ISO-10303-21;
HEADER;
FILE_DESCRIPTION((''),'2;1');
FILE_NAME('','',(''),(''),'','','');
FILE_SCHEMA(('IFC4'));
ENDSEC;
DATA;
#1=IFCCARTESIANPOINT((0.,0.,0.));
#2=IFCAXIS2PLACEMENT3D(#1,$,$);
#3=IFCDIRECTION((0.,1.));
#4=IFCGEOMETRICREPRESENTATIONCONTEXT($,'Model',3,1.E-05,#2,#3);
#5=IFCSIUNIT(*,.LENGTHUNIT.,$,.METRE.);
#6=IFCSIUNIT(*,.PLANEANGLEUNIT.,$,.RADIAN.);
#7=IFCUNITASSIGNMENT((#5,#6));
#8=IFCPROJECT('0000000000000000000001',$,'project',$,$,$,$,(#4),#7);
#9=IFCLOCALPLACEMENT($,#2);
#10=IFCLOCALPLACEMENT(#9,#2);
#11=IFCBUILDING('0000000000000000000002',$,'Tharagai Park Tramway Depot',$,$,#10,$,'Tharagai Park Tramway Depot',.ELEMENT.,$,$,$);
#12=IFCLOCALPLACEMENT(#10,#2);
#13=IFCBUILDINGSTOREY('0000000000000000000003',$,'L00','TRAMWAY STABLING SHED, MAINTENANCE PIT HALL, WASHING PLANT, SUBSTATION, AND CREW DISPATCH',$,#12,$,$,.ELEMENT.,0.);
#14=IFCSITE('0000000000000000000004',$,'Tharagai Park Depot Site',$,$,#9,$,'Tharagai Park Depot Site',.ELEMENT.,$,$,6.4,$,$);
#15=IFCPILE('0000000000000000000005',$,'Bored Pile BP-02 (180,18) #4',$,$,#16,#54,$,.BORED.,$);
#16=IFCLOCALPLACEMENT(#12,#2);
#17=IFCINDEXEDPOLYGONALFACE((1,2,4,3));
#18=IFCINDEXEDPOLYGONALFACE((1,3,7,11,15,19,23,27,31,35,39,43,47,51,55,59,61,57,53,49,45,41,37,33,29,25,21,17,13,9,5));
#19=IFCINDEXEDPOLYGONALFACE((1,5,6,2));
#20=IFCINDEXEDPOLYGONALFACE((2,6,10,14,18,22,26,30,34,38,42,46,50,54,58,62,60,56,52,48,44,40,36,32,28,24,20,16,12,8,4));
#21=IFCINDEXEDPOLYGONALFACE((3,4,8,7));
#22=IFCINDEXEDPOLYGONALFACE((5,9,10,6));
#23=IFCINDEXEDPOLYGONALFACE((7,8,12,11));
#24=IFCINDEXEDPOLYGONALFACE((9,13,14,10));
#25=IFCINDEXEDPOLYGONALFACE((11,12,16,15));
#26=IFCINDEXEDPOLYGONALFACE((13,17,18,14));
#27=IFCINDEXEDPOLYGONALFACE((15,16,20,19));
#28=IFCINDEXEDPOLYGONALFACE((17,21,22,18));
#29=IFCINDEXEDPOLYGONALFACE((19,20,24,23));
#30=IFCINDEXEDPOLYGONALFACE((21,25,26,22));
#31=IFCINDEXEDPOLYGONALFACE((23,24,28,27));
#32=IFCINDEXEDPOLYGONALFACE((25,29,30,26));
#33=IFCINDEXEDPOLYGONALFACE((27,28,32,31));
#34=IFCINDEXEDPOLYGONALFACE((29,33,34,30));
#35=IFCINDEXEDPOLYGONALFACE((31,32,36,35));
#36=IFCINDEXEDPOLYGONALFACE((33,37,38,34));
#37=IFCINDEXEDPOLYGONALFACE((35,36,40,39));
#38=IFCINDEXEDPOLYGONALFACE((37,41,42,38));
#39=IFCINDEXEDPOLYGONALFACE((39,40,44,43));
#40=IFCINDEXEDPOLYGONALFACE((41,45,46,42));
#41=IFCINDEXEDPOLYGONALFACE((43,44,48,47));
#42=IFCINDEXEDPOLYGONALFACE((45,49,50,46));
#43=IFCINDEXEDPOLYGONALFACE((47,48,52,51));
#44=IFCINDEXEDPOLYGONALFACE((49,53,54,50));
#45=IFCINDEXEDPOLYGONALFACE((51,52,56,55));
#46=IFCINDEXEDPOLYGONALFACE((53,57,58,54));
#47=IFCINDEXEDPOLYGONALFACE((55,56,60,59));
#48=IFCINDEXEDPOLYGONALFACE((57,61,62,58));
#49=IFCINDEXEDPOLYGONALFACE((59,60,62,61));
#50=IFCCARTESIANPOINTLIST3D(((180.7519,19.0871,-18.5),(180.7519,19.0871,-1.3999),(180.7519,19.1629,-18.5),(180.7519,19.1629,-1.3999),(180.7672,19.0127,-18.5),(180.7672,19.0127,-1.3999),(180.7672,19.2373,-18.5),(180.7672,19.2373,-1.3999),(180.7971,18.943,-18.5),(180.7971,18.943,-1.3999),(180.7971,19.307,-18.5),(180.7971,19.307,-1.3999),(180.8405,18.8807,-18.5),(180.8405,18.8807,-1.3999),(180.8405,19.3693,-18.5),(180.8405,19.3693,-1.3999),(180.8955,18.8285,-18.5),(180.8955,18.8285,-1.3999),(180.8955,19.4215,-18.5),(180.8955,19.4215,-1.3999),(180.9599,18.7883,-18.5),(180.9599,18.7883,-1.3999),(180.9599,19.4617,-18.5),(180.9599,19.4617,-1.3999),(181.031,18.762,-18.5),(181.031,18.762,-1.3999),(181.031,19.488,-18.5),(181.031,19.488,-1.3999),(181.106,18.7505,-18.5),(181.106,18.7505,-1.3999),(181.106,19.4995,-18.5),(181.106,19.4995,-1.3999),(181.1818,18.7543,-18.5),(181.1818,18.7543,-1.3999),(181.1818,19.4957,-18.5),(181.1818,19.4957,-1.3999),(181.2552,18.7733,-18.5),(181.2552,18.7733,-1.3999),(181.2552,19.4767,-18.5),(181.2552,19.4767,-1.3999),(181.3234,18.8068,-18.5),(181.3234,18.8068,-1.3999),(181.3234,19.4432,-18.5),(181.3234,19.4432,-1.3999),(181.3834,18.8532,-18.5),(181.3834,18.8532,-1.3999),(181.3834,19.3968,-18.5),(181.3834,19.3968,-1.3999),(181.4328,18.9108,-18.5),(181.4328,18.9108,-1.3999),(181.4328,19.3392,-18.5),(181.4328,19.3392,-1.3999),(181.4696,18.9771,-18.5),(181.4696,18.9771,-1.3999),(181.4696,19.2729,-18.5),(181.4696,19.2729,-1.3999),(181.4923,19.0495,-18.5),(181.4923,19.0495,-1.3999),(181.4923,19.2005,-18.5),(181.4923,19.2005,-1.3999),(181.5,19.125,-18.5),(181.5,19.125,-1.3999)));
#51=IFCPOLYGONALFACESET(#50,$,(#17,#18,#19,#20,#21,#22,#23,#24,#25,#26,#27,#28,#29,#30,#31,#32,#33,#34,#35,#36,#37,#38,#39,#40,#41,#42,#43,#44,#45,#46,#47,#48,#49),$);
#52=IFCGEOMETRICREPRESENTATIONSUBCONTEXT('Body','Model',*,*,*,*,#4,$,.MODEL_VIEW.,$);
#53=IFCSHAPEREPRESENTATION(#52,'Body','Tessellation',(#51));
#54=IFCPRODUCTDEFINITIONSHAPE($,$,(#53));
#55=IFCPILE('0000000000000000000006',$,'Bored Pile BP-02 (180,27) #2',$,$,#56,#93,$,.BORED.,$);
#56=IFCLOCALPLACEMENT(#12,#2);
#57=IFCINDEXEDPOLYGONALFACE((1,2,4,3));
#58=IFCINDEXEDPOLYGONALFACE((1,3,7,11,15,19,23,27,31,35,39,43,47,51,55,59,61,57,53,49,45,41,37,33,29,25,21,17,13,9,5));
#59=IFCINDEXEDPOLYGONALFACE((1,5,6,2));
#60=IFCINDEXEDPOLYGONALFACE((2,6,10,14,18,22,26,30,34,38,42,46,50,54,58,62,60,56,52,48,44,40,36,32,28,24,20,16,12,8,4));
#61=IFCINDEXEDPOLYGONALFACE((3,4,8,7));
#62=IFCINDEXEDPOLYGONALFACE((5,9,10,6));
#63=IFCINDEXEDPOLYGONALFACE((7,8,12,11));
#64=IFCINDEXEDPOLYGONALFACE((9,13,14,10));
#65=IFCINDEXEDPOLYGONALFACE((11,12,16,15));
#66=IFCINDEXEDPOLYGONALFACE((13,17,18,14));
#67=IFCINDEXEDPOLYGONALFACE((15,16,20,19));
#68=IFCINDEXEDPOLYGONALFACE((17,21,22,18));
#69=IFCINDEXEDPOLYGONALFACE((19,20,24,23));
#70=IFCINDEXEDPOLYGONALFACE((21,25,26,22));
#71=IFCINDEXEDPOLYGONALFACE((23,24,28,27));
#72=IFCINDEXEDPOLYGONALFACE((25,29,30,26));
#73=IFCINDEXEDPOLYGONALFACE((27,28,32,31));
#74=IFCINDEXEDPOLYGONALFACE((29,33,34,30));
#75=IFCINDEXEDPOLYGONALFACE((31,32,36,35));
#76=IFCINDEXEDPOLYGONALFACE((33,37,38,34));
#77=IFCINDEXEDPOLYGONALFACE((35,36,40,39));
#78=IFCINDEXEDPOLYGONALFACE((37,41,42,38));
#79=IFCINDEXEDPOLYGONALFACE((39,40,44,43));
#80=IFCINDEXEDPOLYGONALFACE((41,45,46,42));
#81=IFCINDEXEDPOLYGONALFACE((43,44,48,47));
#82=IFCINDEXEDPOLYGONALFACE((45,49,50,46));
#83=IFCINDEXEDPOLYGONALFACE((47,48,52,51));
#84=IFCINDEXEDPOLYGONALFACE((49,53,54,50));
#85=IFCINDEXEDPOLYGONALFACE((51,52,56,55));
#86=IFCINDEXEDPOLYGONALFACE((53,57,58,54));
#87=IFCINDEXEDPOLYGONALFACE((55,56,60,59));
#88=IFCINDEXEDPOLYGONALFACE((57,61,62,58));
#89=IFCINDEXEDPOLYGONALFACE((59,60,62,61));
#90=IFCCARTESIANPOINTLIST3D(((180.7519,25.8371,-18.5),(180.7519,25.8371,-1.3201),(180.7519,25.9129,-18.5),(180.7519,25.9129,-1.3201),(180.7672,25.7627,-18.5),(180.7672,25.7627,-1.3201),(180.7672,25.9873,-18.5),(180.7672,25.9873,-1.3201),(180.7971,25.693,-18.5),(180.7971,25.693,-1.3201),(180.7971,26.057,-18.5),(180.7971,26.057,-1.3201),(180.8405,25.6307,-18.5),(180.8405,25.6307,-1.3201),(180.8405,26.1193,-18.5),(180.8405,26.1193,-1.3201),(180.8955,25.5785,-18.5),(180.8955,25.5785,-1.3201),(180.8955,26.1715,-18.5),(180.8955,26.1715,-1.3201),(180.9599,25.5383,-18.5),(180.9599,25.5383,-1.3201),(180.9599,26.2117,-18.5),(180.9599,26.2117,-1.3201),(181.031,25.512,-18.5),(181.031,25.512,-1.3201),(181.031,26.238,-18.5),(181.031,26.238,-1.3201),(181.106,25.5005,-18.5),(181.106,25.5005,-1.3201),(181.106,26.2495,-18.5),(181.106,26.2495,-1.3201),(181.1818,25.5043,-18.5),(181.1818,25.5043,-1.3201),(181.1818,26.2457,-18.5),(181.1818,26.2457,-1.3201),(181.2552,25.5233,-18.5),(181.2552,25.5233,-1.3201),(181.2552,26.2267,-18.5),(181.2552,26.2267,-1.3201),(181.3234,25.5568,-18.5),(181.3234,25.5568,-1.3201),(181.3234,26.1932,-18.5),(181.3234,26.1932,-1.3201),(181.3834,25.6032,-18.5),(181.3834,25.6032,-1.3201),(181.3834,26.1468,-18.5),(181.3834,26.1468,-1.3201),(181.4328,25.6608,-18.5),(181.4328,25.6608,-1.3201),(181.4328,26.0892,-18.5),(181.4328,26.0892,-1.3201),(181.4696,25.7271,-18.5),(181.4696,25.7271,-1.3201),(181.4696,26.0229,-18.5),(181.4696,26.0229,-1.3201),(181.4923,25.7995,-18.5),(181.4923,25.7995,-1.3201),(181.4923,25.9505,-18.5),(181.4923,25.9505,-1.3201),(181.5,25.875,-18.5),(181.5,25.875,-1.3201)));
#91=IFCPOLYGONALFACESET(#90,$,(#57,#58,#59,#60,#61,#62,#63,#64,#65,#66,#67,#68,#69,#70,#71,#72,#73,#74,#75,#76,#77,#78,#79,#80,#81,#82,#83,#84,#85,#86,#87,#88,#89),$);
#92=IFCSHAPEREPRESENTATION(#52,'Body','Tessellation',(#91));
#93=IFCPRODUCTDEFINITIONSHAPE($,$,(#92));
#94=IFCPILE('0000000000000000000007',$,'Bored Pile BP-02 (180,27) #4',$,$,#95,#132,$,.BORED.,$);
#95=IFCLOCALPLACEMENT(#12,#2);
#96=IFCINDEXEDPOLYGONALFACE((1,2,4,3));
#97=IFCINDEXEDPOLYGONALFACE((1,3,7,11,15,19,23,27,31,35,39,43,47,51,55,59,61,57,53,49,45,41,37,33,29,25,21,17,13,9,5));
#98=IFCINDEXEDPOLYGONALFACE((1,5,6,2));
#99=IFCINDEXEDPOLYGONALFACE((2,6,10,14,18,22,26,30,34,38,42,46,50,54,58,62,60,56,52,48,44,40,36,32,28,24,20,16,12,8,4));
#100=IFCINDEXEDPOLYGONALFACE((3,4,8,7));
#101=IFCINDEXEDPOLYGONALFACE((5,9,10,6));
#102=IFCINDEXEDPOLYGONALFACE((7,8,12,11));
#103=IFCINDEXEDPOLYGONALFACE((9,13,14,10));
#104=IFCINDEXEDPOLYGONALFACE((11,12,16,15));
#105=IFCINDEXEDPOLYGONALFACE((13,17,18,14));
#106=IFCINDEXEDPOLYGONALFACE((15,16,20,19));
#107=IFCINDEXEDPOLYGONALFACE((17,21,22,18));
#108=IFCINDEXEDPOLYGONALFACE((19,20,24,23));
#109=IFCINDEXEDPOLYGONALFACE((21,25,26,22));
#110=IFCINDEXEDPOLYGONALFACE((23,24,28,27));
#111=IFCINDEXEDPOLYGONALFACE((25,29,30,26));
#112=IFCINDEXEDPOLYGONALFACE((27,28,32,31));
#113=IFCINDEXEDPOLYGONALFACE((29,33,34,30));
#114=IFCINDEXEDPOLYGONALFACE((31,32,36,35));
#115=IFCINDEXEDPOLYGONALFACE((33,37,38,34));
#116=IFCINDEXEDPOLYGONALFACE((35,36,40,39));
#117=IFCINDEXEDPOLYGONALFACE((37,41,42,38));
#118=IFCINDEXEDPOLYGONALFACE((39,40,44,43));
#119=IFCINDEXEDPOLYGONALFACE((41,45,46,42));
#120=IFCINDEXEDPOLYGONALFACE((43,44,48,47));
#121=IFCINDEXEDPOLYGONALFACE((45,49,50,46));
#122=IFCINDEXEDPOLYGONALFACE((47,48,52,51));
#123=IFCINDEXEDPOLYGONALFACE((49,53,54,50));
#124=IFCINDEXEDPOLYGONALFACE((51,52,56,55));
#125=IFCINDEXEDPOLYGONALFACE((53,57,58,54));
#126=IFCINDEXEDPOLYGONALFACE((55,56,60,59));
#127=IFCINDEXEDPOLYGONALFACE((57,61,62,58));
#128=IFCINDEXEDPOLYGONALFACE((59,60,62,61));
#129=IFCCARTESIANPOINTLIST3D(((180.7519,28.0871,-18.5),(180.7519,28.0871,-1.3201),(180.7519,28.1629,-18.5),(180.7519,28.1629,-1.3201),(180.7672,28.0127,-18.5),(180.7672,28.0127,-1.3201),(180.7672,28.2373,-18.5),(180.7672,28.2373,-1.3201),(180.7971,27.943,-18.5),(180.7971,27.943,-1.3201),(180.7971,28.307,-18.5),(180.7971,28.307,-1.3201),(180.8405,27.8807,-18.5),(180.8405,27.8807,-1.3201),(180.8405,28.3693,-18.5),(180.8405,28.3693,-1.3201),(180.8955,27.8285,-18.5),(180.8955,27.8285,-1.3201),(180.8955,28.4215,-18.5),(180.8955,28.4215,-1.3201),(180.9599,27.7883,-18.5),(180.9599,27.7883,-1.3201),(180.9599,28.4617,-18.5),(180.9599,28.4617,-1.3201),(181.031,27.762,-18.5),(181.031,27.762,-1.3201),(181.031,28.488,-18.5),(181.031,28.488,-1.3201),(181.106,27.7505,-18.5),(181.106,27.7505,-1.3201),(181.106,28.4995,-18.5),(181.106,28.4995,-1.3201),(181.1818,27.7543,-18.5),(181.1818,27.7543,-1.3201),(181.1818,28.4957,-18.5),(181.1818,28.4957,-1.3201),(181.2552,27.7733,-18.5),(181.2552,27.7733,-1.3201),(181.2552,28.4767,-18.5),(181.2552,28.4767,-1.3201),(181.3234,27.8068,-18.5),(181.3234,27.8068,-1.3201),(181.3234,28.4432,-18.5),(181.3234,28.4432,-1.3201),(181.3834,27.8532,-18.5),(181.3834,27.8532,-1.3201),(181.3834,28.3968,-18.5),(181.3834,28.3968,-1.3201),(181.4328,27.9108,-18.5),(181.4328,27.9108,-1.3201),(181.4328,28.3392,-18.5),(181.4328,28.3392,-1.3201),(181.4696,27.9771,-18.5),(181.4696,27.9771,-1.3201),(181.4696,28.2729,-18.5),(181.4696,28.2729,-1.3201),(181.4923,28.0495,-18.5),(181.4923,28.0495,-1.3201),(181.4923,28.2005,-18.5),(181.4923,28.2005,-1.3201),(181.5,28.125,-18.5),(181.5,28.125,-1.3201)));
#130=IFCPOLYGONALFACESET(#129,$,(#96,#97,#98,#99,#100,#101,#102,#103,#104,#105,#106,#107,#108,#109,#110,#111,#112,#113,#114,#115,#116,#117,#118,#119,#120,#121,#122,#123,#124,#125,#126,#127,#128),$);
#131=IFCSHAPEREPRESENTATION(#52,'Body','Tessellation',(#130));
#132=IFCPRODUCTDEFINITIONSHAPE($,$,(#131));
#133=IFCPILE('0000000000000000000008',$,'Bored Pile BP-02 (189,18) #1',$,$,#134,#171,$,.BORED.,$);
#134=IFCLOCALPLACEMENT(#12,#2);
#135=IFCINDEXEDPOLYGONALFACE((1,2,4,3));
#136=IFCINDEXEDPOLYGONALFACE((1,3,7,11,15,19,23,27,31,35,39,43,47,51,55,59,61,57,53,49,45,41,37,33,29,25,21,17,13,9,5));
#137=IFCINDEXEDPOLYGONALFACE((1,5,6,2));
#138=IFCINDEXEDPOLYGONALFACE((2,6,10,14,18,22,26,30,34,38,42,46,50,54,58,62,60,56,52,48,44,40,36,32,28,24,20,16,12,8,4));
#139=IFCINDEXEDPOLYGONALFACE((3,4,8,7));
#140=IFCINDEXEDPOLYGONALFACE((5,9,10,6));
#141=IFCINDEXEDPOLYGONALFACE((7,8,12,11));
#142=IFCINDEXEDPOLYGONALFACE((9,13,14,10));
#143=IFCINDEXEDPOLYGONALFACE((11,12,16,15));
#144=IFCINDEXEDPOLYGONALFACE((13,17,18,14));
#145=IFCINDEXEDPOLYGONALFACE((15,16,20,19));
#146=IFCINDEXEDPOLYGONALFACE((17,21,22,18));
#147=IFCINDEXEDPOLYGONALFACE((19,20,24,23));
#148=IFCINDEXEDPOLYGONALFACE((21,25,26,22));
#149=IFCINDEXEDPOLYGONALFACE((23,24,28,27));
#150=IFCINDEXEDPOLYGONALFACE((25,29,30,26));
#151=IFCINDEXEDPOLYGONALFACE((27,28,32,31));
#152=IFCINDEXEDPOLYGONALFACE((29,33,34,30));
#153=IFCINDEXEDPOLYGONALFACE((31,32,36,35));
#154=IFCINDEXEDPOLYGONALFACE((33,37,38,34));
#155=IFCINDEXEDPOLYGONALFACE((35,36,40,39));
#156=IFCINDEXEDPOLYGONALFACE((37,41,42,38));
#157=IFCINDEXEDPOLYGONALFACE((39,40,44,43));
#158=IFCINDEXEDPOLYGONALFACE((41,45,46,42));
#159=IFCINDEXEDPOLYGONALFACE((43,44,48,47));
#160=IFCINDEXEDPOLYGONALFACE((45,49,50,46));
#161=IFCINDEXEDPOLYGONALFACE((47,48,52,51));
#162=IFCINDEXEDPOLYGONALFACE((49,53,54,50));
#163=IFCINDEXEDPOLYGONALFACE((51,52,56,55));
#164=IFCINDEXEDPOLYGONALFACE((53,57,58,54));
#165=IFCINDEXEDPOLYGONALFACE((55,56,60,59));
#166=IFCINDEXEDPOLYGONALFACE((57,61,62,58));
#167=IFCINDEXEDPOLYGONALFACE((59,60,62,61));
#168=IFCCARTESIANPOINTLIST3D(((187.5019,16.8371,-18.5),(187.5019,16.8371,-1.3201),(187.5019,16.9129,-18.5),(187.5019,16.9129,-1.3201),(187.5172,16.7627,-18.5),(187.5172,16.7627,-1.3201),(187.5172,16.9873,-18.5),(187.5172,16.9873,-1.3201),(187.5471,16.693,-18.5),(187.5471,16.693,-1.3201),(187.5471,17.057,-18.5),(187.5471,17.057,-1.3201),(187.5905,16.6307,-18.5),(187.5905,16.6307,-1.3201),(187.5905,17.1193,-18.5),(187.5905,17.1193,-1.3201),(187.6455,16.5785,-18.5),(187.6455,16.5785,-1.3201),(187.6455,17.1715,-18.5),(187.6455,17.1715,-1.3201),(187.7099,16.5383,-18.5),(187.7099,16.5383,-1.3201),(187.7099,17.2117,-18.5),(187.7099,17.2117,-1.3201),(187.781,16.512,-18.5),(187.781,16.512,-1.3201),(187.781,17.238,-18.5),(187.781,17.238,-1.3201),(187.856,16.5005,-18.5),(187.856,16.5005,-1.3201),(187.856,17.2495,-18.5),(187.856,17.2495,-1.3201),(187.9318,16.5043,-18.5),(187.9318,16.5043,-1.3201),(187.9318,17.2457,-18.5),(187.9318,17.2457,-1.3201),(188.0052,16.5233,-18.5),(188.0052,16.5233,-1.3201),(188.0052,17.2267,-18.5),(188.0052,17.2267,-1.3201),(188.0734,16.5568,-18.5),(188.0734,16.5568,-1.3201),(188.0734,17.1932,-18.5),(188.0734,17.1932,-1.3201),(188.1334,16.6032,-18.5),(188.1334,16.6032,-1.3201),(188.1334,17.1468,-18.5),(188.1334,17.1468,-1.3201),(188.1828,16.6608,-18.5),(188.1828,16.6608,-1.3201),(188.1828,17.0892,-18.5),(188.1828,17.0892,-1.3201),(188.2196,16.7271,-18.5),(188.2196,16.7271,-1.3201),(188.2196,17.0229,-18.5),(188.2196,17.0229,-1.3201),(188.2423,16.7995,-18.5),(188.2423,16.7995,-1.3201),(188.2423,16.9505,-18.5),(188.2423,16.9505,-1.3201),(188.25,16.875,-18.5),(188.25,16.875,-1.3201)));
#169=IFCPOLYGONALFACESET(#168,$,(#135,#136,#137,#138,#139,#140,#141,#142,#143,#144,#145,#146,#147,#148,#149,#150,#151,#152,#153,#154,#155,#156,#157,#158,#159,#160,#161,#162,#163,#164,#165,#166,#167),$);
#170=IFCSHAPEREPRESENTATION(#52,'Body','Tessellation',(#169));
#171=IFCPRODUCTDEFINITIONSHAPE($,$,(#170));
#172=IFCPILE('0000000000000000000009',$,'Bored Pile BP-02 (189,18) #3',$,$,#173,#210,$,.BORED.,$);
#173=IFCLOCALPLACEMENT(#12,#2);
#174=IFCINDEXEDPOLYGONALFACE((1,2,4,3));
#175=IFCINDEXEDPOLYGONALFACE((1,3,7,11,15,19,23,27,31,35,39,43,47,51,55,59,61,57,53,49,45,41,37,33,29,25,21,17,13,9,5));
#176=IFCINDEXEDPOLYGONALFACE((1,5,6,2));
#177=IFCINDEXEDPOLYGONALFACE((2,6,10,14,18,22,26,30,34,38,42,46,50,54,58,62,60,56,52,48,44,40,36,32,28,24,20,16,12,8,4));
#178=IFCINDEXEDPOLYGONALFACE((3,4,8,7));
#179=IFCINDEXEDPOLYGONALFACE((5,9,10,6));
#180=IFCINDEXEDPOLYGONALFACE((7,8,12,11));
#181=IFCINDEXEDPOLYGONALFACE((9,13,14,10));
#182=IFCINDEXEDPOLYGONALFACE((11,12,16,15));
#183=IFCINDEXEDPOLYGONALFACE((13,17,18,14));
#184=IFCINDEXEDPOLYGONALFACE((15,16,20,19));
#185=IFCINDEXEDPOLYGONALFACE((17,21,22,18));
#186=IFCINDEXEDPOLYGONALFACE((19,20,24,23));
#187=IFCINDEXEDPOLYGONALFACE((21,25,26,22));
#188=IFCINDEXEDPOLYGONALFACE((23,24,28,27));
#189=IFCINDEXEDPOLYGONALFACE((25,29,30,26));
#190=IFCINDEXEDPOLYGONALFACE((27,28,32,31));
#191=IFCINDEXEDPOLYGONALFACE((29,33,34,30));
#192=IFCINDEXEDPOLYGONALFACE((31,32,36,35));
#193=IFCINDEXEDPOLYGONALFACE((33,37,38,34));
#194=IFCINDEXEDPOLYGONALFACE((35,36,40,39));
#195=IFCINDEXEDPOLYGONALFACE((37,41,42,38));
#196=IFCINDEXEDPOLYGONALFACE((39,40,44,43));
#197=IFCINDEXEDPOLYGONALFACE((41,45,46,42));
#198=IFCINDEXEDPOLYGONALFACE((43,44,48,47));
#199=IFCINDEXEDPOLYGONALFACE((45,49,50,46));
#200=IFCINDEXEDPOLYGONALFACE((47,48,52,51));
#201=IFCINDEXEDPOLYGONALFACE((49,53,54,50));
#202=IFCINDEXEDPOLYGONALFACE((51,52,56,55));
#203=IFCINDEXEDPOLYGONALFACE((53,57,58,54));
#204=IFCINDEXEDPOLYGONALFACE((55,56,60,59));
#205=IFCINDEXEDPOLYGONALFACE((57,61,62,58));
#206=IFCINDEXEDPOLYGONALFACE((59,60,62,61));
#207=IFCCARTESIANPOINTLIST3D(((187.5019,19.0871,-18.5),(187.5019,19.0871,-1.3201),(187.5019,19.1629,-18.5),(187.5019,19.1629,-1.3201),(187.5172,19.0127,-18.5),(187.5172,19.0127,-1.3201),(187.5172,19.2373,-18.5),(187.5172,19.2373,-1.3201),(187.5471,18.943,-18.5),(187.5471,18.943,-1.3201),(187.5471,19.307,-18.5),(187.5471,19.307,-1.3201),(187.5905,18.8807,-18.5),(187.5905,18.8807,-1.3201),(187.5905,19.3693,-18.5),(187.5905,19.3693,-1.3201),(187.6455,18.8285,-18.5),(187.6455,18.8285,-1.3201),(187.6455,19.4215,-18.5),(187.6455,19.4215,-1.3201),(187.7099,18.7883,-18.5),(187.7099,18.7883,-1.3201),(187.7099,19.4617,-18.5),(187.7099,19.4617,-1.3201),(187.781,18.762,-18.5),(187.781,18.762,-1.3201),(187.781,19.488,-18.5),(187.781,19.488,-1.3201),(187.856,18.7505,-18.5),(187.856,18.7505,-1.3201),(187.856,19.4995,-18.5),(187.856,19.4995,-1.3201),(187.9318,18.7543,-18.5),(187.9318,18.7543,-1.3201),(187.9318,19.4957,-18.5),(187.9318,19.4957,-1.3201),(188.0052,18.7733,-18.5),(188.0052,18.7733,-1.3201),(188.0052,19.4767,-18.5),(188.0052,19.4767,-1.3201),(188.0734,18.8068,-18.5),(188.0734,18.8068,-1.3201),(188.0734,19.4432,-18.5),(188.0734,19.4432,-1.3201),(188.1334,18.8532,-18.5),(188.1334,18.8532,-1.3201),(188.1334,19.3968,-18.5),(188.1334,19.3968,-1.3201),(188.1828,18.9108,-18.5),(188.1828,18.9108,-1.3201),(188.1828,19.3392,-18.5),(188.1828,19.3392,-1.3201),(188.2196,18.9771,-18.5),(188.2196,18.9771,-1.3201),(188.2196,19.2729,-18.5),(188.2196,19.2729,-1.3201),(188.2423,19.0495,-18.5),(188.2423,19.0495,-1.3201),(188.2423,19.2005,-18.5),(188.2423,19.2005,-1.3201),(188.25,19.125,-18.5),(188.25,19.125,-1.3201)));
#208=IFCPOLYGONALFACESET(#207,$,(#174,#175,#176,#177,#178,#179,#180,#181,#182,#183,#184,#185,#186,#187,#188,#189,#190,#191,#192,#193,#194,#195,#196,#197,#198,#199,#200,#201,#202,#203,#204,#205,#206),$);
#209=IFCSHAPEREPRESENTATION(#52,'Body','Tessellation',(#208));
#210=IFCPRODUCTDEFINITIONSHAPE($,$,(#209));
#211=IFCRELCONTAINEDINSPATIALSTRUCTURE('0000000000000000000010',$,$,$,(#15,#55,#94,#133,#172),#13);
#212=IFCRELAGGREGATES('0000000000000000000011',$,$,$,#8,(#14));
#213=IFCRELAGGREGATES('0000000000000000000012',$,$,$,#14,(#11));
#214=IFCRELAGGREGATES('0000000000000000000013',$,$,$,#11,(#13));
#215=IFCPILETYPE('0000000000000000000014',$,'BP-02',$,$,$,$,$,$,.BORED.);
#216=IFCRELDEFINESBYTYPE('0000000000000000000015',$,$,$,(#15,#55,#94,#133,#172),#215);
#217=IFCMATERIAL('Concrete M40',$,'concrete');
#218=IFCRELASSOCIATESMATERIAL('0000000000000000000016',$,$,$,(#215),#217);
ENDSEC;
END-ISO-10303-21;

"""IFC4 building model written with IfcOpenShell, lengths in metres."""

from ifc_helpers import new_model, si_unit, direction, frame, origin, origin_2d, place, context, subcontext, project, spatial, circle, extrude, material, material_profile, profile_set, type_object, element, save


model = new_model("IFC4")

# Units and contexts
model_context = context("Model", 3, precision=1e-05, world=origin(), true_north=direction((0.0, 1.0)))
body_context = subcontext(model_context, "Body", "Model", "MODEL_VIEW")
ifc_project = project(units=[si_unit("LENGTHUNIT", "METRE"), si_unit("PLANEANGLEUNIT", "RADIAN")], contexts=[model_context])

# Site, building, storey
site_placement = place(None, origin())
site = spatial("IfcSite", under=ifc_project, at=site_placement, Name="Tharagai Park Depot Site", LongName="Tharagai Park Depot Site", CompositionType="ELEMENT", RefElevation=6.4)
building_placement = place(site_placement, origin())
building = spatial("IfcBuilding", under=site, at=building_placement, Name="Tharagai Park Tramway Depot", LongName="Tharagai Park Tramway Depot", CompositionType="ELEMENT")
storey_placement = place(building_placement, origin())
storey = spatial("IfcBuildingStorey", under=building, at=storey_placement, Name="L00", Description="TRAMWAY STABLING SHED, MAINTENANCE PIT HALL, WASHING PLANT, SUBSTATION, AND CREW DISPATCH", CompositionType="ELEMENT", Elevation=0.0)

# Piles
ifc_material_1 = material(Name="Concrete M40", Category="concrete")
ifc_material_profile_1 = material_profile(ifc_material_1, circle(Radius=0.375, at=origin_2d()), Name="PILE D750")
ifc_profile_set_1 = profile_set([ifc_material_profile_1], Name="Concrete M40")
pile_type = type_object("IfcPileType", Name="BP-02", PredefinedType="BORED", material=ifc_profile_set_1)
pile_placement = place(storey_placement, frame((181.125, 19.125, -1.3999), z_axis=(0.0, 0.0, -1.0), x_axis=(1.0, 0.0, 0.0)))
element("IfcPile", 1, at=pile_placement, inside=storey, type_object=pile_type, Name="Bored Pile BP-02 (180,18) #4", PredefinedType="BORED", context=body_context, shape_type="SweptSolid", body=[
    extrude(circle(Radius=0.375, at=origin_2d()), origin(), (0.0, 0.0, 1.0), 17.1001),
])
for number, where, z_axis, x_axis, name in (
    (2, (181.125, 25.875, -1.3201), (0.0, 0.0, -1.0), (1.0, 0.0, 0.0), "Bored Pile BP-02 (180,27) #2"),
    (3, (181.125, 28.125, -1.3201), (0.0, 0.0, -1.0), (1.0, 0.0, 0.0), "Bored Pile BP-02 (180,27) #4"),
    (4, (187.875, 16.875, -1.3201), (0.0, 0.0, -1.0), (1.0, 0.0, 0.0), "Bored Pile BP-02 (189,18) #1"),
    (5, (187.875, 19.125, -1.3201), (0.0, 0.0, -1.0), (1.0, 0.0, 0.0), "Bored Pile BP-02 (189,18) #3"),
):
    element("IfcPile", number, at=place(storey_placement, frame(where, z_axis=z_axis, x_axis=x_axis)), inside=storey, type_object=pile_type, Name=name, PredefinedType="BORED", context=body_context, shape_type="SweptSolid", body=[
        extrude(circle(Radius=0.375, at=origin_2d()), origin(), (0.0, 0.0, 1.0), 17.1799),
    ])

save(model, "model.ifc")
